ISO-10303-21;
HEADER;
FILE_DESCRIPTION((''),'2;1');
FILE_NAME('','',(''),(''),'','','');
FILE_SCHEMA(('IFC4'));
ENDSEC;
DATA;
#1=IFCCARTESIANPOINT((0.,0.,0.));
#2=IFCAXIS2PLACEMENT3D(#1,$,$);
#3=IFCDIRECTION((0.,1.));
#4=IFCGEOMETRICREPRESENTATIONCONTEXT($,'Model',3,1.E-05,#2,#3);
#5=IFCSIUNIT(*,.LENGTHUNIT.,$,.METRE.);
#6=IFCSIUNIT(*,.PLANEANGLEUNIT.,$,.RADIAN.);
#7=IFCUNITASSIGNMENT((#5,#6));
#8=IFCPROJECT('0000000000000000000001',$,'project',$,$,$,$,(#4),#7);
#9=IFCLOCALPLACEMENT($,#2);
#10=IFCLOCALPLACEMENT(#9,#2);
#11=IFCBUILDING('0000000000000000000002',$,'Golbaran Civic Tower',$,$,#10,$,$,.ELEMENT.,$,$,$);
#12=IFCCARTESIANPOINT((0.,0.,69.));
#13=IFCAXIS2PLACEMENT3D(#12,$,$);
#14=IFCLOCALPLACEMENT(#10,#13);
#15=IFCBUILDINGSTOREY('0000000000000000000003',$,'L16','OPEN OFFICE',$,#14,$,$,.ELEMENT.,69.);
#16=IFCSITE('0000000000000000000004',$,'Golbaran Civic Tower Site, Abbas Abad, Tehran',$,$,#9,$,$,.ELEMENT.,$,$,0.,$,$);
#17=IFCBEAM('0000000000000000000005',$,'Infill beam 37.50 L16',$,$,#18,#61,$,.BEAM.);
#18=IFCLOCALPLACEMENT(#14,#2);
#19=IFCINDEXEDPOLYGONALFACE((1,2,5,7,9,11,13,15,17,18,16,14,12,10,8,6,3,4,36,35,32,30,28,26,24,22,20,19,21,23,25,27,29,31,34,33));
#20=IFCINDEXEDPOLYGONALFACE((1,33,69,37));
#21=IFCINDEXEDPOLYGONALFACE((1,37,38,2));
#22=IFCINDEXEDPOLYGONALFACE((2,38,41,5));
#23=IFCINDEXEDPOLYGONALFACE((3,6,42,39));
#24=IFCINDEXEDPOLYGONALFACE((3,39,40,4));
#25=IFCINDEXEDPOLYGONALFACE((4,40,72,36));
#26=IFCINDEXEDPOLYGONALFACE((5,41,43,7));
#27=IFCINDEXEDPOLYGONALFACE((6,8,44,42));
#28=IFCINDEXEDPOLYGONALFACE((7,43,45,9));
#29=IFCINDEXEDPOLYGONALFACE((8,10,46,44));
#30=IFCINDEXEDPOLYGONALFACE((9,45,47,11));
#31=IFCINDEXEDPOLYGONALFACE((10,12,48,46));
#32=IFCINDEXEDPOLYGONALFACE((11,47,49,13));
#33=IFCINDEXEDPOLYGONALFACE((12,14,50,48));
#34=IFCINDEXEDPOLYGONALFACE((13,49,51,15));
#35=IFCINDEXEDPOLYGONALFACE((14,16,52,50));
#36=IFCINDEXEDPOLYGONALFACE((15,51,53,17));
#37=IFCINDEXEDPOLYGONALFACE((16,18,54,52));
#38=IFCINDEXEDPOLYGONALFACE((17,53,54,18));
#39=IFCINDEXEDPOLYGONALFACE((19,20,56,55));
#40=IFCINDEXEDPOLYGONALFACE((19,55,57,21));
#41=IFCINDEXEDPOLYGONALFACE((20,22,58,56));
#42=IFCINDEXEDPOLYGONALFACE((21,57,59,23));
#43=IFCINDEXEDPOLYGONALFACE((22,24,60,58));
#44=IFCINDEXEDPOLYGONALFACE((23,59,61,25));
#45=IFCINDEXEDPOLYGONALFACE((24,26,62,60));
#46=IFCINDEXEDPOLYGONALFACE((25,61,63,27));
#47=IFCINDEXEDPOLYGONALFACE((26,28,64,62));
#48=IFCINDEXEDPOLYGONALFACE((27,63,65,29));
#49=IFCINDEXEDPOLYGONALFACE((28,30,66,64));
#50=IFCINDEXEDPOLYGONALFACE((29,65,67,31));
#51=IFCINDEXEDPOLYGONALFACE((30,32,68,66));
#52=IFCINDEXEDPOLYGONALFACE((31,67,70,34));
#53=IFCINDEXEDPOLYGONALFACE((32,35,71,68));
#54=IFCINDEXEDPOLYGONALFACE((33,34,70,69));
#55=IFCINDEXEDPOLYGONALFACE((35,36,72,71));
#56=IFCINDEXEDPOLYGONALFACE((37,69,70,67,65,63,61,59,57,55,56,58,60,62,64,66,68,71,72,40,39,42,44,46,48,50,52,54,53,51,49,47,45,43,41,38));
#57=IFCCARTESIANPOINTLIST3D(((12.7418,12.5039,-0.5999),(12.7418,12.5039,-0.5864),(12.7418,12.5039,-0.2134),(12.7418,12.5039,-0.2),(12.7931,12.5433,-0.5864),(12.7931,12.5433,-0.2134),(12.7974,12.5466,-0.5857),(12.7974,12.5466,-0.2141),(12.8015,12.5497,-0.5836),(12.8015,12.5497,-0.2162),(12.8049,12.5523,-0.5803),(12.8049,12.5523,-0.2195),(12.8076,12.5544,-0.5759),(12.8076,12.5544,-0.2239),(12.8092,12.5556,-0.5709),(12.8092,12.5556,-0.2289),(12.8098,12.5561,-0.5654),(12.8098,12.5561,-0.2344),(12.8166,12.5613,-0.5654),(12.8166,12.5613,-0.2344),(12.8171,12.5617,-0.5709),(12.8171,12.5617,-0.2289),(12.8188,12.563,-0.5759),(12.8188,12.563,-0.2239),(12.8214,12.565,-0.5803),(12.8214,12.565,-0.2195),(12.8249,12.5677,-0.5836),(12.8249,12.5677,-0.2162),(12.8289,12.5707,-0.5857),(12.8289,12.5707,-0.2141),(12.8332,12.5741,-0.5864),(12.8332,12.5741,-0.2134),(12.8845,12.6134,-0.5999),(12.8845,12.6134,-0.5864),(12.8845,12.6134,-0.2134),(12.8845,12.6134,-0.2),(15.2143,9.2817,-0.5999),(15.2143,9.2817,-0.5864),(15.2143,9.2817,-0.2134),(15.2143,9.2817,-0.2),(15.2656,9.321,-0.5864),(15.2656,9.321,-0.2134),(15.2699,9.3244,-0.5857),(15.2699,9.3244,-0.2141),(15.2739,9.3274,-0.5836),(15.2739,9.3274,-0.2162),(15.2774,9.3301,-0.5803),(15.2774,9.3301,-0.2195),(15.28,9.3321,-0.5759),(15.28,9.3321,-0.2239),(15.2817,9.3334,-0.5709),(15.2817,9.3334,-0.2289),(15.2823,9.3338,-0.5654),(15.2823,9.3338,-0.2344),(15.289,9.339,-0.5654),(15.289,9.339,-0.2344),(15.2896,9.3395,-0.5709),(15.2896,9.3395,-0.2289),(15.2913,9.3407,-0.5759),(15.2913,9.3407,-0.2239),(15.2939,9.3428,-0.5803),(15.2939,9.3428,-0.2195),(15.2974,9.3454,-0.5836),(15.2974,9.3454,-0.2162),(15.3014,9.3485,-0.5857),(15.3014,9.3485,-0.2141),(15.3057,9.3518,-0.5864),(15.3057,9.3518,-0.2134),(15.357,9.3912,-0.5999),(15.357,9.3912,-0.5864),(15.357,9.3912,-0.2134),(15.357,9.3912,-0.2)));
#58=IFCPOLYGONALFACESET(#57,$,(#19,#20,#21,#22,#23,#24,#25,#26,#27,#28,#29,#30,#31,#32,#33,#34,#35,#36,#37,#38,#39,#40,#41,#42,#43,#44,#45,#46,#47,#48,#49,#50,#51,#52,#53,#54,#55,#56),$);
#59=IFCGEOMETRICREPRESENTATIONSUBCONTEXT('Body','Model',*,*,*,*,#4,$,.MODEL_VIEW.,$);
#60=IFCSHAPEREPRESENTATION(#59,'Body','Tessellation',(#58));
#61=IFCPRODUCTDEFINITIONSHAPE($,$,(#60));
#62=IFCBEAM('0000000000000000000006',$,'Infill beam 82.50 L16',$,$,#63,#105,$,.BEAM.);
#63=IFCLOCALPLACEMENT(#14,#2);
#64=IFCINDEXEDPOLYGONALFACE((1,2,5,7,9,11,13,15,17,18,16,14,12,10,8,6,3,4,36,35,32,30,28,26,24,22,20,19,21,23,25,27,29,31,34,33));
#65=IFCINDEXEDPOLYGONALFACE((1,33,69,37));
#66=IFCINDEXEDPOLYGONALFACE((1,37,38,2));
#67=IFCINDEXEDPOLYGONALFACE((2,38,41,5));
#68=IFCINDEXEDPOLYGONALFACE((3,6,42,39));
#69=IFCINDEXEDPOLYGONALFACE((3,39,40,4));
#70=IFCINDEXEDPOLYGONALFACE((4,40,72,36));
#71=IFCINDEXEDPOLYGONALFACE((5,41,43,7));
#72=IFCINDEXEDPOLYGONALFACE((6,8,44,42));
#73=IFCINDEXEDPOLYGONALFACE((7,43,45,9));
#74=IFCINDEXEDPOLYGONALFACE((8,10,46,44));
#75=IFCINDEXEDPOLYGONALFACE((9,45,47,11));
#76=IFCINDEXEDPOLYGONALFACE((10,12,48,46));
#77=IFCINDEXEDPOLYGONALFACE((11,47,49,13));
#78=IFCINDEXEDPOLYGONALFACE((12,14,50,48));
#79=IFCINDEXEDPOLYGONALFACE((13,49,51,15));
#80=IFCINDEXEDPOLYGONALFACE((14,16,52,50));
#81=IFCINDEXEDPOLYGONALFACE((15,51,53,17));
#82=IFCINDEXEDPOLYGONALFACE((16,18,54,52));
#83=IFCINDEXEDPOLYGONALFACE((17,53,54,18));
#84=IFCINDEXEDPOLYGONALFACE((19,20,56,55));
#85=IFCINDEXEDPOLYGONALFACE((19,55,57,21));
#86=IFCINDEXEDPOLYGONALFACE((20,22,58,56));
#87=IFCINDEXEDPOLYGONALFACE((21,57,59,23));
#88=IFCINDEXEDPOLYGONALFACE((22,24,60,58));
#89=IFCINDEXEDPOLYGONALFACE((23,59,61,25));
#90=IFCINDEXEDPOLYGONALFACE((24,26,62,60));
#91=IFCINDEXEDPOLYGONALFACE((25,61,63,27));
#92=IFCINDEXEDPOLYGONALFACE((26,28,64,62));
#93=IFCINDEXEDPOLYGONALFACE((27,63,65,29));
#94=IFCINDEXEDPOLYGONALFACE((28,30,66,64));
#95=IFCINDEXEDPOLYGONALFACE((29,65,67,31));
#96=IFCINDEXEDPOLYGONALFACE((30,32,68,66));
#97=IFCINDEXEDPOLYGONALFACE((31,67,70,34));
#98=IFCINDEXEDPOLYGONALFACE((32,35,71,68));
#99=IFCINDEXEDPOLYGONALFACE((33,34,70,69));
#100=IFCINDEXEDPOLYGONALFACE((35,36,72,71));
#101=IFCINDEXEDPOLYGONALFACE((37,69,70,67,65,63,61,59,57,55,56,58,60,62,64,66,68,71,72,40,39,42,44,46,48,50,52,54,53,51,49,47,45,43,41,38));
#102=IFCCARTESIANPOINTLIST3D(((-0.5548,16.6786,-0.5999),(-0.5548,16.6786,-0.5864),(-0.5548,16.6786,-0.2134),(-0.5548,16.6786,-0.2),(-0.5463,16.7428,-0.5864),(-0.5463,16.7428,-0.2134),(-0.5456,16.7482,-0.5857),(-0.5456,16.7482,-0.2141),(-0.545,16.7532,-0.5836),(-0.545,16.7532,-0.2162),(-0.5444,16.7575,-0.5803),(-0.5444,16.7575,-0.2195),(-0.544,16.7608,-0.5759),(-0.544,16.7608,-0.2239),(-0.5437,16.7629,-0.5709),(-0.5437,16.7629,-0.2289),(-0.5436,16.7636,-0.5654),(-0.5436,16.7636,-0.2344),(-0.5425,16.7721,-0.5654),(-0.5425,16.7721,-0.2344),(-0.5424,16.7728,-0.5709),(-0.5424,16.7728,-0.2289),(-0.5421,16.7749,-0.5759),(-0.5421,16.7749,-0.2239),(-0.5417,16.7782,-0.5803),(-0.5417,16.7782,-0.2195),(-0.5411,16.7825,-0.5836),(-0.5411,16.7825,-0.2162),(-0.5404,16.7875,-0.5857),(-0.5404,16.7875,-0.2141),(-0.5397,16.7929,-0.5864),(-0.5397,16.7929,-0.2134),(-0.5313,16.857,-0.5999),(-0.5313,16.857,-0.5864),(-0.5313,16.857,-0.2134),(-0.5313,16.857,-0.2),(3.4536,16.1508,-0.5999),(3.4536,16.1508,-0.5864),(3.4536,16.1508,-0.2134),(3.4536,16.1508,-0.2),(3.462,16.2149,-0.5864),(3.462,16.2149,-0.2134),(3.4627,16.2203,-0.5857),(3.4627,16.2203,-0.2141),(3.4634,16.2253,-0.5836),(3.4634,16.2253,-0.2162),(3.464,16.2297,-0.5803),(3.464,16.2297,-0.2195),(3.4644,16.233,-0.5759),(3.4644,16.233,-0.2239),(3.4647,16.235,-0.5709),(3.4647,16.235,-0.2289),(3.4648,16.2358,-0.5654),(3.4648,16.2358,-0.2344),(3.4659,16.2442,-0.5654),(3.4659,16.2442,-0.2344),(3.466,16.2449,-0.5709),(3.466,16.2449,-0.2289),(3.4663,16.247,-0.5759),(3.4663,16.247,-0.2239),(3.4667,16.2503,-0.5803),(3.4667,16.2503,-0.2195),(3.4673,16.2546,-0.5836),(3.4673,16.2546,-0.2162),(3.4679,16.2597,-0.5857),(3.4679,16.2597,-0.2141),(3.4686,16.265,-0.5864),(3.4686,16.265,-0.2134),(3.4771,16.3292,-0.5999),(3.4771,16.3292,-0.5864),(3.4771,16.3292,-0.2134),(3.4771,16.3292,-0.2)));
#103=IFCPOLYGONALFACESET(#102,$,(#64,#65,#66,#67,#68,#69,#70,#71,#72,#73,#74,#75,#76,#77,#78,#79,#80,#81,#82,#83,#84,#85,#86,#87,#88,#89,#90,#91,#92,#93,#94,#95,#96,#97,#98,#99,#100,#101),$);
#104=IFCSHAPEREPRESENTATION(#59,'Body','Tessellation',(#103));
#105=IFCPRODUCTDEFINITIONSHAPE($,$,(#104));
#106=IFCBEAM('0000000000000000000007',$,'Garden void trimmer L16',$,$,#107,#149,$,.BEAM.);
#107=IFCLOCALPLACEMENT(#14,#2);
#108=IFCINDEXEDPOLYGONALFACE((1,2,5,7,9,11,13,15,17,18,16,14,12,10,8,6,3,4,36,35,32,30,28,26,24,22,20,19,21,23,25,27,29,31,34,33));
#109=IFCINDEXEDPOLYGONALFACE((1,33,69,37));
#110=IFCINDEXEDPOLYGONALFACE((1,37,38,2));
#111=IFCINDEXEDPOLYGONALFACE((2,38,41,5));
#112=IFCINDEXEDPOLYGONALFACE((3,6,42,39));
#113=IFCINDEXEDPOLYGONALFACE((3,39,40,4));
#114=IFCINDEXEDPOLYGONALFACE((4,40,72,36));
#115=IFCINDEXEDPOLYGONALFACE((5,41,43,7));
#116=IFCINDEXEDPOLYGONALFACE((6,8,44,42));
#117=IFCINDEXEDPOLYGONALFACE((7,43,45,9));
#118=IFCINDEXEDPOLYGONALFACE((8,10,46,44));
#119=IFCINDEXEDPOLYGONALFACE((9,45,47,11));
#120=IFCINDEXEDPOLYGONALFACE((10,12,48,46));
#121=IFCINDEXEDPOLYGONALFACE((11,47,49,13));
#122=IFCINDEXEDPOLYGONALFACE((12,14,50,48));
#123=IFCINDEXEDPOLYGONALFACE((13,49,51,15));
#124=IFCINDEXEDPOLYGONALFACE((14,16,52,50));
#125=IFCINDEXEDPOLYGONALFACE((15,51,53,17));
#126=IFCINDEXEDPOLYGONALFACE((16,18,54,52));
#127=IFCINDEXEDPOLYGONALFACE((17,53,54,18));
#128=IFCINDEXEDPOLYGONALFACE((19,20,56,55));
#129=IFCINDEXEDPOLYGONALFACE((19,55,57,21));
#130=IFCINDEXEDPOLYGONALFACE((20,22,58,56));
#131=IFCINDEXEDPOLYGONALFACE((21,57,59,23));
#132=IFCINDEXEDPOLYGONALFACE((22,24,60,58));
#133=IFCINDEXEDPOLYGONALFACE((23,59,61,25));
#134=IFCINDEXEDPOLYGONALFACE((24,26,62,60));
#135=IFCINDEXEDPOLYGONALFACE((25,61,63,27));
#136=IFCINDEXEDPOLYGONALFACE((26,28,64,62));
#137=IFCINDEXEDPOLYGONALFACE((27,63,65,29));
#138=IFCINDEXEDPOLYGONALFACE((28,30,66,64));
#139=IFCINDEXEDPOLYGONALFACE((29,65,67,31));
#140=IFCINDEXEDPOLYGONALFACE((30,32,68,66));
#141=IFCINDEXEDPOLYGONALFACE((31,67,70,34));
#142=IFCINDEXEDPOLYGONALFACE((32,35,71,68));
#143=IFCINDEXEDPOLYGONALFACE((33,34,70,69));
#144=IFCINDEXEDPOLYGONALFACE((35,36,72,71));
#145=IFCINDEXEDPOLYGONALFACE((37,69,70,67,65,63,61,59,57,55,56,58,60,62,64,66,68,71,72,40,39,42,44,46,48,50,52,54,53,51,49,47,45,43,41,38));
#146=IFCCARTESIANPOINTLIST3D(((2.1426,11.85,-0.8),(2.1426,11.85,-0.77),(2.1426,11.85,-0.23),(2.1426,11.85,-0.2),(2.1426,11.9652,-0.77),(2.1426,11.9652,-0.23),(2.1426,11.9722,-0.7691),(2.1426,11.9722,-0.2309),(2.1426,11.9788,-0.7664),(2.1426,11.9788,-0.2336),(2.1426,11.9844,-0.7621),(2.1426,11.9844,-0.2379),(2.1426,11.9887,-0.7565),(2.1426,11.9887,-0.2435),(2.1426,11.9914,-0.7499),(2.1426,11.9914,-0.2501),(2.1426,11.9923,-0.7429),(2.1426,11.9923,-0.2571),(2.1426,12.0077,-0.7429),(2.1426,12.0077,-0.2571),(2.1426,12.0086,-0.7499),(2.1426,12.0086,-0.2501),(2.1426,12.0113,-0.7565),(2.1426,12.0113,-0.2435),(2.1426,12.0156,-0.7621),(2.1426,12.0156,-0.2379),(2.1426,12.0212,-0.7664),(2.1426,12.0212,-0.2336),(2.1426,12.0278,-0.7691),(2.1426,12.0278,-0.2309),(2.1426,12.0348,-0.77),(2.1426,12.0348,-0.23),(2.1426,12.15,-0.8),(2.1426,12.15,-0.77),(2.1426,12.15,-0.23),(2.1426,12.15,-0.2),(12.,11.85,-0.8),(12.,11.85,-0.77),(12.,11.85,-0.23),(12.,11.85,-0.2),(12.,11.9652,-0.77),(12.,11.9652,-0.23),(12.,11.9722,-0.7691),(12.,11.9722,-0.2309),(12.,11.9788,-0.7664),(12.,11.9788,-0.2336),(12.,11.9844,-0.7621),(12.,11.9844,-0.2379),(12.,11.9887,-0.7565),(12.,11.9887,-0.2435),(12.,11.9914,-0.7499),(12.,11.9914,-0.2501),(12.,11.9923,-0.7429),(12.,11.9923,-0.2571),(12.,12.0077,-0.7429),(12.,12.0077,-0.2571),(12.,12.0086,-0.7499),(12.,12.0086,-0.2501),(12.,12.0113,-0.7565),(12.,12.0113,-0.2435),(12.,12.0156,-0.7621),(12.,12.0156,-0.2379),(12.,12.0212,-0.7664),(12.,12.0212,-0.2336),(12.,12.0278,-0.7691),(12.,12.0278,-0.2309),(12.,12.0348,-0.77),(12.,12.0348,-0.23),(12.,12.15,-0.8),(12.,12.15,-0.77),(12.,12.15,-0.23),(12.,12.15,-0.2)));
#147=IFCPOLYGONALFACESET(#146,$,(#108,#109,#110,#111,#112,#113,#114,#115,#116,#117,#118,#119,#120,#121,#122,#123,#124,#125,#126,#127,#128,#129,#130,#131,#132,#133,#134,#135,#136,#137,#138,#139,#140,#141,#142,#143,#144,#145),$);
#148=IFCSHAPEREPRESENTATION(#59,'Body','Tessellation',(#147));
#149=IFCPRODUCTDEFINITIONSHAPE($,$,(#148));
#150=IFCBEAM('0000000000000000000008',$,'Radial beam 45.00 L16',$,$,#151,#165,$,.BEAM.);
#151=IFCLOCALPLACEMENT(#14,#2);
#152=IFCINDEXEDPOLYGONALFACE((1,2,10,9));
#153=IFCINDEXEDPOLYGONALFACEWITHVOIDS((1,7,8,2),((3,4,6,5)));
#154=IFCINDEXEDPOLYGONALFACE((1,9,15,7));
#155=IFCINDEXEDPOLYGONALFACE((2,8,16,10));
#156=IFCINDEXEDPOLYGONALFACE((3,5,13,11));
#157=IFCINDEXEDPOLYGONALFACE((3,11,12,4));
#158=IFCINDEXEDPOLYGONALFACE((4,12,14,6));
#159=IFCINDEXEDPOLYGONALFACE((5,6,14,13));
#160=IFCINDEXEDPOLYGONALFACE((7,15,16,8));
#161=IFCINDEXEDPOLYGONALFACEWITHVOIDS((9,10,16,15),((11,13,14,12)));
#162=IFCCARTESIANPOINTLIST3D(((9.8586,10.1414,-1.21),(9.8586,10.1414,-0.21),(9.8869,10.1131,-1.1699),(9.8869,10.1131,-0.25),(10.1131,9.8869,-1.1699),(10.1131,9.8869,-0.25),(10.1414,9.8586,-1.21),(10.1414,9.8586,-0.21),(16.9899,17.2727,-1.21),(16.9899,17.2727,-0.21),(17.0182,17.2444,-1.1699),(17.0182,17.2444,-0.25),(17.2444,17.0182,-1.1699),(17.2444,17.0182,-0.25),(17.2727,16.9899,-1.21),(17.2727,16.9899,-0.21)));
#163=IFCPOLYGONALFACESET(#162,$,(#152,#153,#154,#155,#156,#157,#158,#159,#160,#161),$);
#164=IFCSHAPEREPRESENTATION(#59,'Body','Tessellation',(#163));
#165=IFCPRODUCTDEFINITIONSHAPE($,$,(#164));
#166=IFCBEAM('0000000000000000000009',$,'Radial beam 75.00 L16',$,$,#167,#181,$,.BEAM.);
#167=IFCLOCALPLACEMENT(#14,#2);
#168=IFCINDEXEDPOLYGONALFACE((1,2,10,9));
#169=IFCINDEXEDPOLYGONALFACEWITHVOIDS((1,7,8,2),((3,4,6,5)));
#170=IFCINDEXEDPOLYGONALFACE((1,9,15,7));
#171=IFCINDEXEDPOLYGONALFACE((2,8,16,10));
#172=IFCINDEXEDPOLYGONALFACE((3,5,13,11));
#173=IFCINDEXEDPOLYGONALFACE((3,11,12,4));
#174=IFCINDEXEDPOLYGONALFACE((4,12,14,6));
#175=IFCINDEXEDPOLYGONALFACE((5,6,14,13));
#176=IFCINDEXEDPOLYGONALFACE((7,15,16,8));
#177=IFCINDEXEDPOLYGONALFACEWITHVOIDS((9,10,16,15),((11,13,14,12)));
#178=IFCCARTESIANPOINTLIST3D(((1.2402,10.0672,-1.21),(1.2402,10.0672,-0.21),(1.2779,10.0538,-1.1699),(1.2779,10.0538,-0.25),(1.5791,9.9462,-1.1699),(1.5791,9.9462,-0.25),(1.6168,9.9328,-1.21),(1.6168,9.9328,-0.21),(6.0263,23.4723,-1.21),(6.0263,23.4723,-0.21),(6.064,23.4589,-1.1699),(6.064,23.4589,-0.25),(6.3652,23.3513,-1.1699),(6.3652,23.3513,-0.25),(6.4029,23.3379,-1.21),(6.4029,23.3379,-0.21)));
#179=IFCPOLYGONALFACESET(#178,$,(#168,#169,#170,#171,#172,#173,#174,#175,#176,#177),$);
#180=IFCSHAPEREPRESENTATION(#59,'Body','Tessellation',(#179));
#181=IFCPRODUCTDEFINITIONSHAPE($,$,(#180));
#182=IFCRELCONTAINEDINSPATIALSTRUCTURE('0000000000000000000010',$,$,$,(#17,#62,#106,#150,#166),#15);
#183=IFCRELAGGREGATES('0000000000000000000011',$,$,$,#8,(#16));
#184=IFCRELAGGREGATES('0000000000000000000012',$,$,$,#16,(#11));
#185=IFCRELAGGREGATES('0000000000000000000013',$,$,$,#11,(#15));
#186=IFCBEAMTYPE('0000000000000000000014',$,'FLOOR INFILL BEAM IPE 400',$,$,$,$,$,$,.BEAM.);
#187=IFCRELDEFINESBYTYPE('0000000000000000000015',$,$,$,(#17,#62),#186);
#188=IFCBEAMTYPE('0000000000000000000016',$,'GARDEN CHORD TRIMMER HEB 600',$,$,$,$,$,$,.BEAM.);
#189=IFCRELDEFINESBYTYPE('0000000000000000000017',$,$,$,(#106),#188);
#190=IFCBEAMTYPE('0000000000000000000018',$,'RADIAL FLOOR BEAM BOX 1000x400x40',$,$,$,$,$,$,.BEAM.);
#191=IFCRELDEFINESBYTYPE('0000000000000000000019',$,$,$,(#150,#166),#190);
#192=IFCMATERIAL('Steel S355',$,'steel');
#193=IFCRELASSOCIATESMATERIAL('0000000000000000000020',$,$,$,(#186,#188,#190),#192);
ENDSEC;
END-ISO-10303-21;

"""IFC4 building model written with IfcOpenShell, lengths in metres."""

from ifc_helpers import new_model, si_unit, direction, frame, origin, origin_2d, place, context, subcontext, project, spatial, hollow_rectangle, i_section, extrude, material, material_profile, profile_set, type_object, element, save


model = new_model("IFC4")

# Units and contexts
model_context = context("Model", 3, precision=1e-05, world=origin(), true_north=direction((0.0, 1.0)))
body_context = subcontext(model_context, "Body", "Model", "MODEL_VIEW")
ifc_project = project(units=[si_unit("LENGTHUNIT", "METRE"), si_unit("PLANEANGLEUNIT", "RADIAN")], contexts=[model_context])

# Site, building, storey
site_placement = place(None, origin())
site = spatial("IfcSite", under=ifc_project, at=site_placement, Name="Golbaran Civic Tower Site, Abbas Abad, Tehran", CompositionType="ELEMENT", RefElevation=0.0)
building_placement = place(site_placement, origin())
building = spatial("IfcBuilding", under=site, at=building_placement, Name="Golbaran Civic Tower", CompositionType="ELEMENT")
storey_placement = place(building_placement, frame((0.0, 0.0, 69.0)))
storey = spatial("IfcBuildingStorey", under=building, at=storey_placement, Name="L16", Description="OPEN OFFICE", CompositionType="ELEMENT", Elevation=69.0)

# Beams
ifc_material_1 = material(Name="Steel S355", Category="steel")
ifc_material_profile_1 = material_profile(ifc_material_1, i_section(OverallWidth=0.1799, OverallDepth=0.3999, WebThickness=0.0085, FlangeThickness=0.0134, FilletRadius=0.021, at=origin_2d()), Name="IPE 400")
ifc_profile_set_1 = profile_set([ifc_material_profile_1], Name="Steel S355")
beam_type_1 = type_object("IfcBeamType", Name="FLOOR INFILL BEAM IPE 400", PredefinedType="BEAM", material=ifc_profile_set_1)
beam_1_placement = place(storey_placement, frame((15.2856, 9.3364, -0.3999), z_axis=(-0.608755, 0.793359, 0.0), x_axis=(-0.793359, -0.608755, 0.0)))
element("IfcBeam", 1, at=beam_1_placement, inside=storey, type_object=beam_type_1, Name="Infill beam 37.50 L16", PredefinedType="BEAM", context=body_context, shape_type="SweptSolid", body=[
    extrude(i_section(OverallWidth=0.1799, OverallDepth=0.3999, WebThickness=0.0085, FlangeThickness=0.0134, FilletRadius=0.021, at=origin_2d()), origin(), (0.0, 0.0, 1.0), 4.0615),
])
beam_2_placement = place(storey_placement, frame((3.4653, 16.24, -0.3999), z_axis=(-0.991441, 0.130558, 0.0), x_axis=(-0.130558, -0.991441, 0.0)))
element("IfcBeam", 2, at=beam_2_placement, inside=storey, type_object=beam_type_1, Name="Infill beam 82.50 L16", PredefinedType="BEAM", context=body_context, shape_type="SweptSolid", body=[
    extrude(i_section(OverallWidth=0.1799, OverallDepth=0.3999, WebThickness=0.0085, FlangeThickness=0.0134, FilletRadius=0.021, at=origin_2d()), origin(), (0.0, 0.0, 1.0), 4.043),
])
ifc_material_profile_2 = material_profile(ifc_material_1, i_section(OverallWidth=0.3, OverallDepth=0.6001, WebThickness=0.0154, FlangeThickness=0.03, FilletRadius=0.0271, at=origin_2d()), Name="HEB 600")
ifc_profile_set_2 = profile_set([ifc_material_profile_2], Name="Steel S355")
beam_type_2 = type_object("IfcBeamType", Name="GARDEN CHORD TRIMMER HEB 600", PredefinedType="BEAM", material=ifc_profile_set_2)
beam_3_placement = place(storey_placement, frame((12.0, 12.0, -0.5), z_axis=(-1.0, 0.0, 0.0), x_axis=(0.0, -1.0, 0.0)))
element("IfcBeam", 3, at=beam_3_placement, inside=storey, type_object=beam_type_2, Name="Garden void trimmer L16", PredefinedType="BEAM", context=body_context, shape_type="SweptSolid", body=[
    extrude(i_section(OverallWidth=0.3, OverallDepth=0.6001, WebThickness=0.0154, FlangeThickness=0.03, FilletRadius=0.0271, at=origin_2d()), origin(), (0.0, 0.0, 1.0), 9.8574),
])
ifc_material_profile_3 = material_profile(ifc_material_1, hollow_rectangle(XDim=0.3999, YDim=1.0, WallThickness=0.04, at=origin_2d()), Name="BOX 1000x400x40")
ifc_profile_set_3 = profile_set([ifc_material_profile_3], Name="Steel S355")
beam_type_3 = type_object("IfcBeamType", Name="RADIAL FLOOR BEAM BOX 1000x400x40", PredefinedType="BEAM", material=ifc_profile_set_3)
beam_4_placement = place(storey_placement, frame((10.0, 10.0, -0.71), z_axis=(0.707107, 0.707107, 0.0), x_axis=(-0.707107, 0.707107, 0.0)))
element("IfcBeam", 4, at=beam_4_placement, inside=storey, type_object=beam_type_3, Name="Radial beam 45.00 L16", PredefinedType="BEAM", context=body_context, shape_type="SweptSolid", body=[
    extrude(hollow_rectangle(XDim=0.3999, YDim=1.0, WallThickness=0.04, at=origin_2d()), origin(), (0.0, 0.0, 1.0), 10.0852),
])
beam_5_placement = place(storey_placement, frame((1.4285, 10.0, -0.71), z_axis=(0.336251, 0.941773, 0.0), x_axis=(-0.941773, 0.336251, 0.0)))
element("IfcBeam", 5, at=beam_5_placement, inside=storey, type_object=beam_type_3, Name="Radial beam 75.00 L16", PredefinedType="BEAM", context=body_context, shape_type="SweptSolid", body=[
    extrude(hollow_rectangle(XDim=0.3999, YDim=1.0, WallThickness=0.04, at=origin_2d()), origin(), (0.0, 0.0, 1.0), 14.2339),
])

save(model, "model.ifc")
